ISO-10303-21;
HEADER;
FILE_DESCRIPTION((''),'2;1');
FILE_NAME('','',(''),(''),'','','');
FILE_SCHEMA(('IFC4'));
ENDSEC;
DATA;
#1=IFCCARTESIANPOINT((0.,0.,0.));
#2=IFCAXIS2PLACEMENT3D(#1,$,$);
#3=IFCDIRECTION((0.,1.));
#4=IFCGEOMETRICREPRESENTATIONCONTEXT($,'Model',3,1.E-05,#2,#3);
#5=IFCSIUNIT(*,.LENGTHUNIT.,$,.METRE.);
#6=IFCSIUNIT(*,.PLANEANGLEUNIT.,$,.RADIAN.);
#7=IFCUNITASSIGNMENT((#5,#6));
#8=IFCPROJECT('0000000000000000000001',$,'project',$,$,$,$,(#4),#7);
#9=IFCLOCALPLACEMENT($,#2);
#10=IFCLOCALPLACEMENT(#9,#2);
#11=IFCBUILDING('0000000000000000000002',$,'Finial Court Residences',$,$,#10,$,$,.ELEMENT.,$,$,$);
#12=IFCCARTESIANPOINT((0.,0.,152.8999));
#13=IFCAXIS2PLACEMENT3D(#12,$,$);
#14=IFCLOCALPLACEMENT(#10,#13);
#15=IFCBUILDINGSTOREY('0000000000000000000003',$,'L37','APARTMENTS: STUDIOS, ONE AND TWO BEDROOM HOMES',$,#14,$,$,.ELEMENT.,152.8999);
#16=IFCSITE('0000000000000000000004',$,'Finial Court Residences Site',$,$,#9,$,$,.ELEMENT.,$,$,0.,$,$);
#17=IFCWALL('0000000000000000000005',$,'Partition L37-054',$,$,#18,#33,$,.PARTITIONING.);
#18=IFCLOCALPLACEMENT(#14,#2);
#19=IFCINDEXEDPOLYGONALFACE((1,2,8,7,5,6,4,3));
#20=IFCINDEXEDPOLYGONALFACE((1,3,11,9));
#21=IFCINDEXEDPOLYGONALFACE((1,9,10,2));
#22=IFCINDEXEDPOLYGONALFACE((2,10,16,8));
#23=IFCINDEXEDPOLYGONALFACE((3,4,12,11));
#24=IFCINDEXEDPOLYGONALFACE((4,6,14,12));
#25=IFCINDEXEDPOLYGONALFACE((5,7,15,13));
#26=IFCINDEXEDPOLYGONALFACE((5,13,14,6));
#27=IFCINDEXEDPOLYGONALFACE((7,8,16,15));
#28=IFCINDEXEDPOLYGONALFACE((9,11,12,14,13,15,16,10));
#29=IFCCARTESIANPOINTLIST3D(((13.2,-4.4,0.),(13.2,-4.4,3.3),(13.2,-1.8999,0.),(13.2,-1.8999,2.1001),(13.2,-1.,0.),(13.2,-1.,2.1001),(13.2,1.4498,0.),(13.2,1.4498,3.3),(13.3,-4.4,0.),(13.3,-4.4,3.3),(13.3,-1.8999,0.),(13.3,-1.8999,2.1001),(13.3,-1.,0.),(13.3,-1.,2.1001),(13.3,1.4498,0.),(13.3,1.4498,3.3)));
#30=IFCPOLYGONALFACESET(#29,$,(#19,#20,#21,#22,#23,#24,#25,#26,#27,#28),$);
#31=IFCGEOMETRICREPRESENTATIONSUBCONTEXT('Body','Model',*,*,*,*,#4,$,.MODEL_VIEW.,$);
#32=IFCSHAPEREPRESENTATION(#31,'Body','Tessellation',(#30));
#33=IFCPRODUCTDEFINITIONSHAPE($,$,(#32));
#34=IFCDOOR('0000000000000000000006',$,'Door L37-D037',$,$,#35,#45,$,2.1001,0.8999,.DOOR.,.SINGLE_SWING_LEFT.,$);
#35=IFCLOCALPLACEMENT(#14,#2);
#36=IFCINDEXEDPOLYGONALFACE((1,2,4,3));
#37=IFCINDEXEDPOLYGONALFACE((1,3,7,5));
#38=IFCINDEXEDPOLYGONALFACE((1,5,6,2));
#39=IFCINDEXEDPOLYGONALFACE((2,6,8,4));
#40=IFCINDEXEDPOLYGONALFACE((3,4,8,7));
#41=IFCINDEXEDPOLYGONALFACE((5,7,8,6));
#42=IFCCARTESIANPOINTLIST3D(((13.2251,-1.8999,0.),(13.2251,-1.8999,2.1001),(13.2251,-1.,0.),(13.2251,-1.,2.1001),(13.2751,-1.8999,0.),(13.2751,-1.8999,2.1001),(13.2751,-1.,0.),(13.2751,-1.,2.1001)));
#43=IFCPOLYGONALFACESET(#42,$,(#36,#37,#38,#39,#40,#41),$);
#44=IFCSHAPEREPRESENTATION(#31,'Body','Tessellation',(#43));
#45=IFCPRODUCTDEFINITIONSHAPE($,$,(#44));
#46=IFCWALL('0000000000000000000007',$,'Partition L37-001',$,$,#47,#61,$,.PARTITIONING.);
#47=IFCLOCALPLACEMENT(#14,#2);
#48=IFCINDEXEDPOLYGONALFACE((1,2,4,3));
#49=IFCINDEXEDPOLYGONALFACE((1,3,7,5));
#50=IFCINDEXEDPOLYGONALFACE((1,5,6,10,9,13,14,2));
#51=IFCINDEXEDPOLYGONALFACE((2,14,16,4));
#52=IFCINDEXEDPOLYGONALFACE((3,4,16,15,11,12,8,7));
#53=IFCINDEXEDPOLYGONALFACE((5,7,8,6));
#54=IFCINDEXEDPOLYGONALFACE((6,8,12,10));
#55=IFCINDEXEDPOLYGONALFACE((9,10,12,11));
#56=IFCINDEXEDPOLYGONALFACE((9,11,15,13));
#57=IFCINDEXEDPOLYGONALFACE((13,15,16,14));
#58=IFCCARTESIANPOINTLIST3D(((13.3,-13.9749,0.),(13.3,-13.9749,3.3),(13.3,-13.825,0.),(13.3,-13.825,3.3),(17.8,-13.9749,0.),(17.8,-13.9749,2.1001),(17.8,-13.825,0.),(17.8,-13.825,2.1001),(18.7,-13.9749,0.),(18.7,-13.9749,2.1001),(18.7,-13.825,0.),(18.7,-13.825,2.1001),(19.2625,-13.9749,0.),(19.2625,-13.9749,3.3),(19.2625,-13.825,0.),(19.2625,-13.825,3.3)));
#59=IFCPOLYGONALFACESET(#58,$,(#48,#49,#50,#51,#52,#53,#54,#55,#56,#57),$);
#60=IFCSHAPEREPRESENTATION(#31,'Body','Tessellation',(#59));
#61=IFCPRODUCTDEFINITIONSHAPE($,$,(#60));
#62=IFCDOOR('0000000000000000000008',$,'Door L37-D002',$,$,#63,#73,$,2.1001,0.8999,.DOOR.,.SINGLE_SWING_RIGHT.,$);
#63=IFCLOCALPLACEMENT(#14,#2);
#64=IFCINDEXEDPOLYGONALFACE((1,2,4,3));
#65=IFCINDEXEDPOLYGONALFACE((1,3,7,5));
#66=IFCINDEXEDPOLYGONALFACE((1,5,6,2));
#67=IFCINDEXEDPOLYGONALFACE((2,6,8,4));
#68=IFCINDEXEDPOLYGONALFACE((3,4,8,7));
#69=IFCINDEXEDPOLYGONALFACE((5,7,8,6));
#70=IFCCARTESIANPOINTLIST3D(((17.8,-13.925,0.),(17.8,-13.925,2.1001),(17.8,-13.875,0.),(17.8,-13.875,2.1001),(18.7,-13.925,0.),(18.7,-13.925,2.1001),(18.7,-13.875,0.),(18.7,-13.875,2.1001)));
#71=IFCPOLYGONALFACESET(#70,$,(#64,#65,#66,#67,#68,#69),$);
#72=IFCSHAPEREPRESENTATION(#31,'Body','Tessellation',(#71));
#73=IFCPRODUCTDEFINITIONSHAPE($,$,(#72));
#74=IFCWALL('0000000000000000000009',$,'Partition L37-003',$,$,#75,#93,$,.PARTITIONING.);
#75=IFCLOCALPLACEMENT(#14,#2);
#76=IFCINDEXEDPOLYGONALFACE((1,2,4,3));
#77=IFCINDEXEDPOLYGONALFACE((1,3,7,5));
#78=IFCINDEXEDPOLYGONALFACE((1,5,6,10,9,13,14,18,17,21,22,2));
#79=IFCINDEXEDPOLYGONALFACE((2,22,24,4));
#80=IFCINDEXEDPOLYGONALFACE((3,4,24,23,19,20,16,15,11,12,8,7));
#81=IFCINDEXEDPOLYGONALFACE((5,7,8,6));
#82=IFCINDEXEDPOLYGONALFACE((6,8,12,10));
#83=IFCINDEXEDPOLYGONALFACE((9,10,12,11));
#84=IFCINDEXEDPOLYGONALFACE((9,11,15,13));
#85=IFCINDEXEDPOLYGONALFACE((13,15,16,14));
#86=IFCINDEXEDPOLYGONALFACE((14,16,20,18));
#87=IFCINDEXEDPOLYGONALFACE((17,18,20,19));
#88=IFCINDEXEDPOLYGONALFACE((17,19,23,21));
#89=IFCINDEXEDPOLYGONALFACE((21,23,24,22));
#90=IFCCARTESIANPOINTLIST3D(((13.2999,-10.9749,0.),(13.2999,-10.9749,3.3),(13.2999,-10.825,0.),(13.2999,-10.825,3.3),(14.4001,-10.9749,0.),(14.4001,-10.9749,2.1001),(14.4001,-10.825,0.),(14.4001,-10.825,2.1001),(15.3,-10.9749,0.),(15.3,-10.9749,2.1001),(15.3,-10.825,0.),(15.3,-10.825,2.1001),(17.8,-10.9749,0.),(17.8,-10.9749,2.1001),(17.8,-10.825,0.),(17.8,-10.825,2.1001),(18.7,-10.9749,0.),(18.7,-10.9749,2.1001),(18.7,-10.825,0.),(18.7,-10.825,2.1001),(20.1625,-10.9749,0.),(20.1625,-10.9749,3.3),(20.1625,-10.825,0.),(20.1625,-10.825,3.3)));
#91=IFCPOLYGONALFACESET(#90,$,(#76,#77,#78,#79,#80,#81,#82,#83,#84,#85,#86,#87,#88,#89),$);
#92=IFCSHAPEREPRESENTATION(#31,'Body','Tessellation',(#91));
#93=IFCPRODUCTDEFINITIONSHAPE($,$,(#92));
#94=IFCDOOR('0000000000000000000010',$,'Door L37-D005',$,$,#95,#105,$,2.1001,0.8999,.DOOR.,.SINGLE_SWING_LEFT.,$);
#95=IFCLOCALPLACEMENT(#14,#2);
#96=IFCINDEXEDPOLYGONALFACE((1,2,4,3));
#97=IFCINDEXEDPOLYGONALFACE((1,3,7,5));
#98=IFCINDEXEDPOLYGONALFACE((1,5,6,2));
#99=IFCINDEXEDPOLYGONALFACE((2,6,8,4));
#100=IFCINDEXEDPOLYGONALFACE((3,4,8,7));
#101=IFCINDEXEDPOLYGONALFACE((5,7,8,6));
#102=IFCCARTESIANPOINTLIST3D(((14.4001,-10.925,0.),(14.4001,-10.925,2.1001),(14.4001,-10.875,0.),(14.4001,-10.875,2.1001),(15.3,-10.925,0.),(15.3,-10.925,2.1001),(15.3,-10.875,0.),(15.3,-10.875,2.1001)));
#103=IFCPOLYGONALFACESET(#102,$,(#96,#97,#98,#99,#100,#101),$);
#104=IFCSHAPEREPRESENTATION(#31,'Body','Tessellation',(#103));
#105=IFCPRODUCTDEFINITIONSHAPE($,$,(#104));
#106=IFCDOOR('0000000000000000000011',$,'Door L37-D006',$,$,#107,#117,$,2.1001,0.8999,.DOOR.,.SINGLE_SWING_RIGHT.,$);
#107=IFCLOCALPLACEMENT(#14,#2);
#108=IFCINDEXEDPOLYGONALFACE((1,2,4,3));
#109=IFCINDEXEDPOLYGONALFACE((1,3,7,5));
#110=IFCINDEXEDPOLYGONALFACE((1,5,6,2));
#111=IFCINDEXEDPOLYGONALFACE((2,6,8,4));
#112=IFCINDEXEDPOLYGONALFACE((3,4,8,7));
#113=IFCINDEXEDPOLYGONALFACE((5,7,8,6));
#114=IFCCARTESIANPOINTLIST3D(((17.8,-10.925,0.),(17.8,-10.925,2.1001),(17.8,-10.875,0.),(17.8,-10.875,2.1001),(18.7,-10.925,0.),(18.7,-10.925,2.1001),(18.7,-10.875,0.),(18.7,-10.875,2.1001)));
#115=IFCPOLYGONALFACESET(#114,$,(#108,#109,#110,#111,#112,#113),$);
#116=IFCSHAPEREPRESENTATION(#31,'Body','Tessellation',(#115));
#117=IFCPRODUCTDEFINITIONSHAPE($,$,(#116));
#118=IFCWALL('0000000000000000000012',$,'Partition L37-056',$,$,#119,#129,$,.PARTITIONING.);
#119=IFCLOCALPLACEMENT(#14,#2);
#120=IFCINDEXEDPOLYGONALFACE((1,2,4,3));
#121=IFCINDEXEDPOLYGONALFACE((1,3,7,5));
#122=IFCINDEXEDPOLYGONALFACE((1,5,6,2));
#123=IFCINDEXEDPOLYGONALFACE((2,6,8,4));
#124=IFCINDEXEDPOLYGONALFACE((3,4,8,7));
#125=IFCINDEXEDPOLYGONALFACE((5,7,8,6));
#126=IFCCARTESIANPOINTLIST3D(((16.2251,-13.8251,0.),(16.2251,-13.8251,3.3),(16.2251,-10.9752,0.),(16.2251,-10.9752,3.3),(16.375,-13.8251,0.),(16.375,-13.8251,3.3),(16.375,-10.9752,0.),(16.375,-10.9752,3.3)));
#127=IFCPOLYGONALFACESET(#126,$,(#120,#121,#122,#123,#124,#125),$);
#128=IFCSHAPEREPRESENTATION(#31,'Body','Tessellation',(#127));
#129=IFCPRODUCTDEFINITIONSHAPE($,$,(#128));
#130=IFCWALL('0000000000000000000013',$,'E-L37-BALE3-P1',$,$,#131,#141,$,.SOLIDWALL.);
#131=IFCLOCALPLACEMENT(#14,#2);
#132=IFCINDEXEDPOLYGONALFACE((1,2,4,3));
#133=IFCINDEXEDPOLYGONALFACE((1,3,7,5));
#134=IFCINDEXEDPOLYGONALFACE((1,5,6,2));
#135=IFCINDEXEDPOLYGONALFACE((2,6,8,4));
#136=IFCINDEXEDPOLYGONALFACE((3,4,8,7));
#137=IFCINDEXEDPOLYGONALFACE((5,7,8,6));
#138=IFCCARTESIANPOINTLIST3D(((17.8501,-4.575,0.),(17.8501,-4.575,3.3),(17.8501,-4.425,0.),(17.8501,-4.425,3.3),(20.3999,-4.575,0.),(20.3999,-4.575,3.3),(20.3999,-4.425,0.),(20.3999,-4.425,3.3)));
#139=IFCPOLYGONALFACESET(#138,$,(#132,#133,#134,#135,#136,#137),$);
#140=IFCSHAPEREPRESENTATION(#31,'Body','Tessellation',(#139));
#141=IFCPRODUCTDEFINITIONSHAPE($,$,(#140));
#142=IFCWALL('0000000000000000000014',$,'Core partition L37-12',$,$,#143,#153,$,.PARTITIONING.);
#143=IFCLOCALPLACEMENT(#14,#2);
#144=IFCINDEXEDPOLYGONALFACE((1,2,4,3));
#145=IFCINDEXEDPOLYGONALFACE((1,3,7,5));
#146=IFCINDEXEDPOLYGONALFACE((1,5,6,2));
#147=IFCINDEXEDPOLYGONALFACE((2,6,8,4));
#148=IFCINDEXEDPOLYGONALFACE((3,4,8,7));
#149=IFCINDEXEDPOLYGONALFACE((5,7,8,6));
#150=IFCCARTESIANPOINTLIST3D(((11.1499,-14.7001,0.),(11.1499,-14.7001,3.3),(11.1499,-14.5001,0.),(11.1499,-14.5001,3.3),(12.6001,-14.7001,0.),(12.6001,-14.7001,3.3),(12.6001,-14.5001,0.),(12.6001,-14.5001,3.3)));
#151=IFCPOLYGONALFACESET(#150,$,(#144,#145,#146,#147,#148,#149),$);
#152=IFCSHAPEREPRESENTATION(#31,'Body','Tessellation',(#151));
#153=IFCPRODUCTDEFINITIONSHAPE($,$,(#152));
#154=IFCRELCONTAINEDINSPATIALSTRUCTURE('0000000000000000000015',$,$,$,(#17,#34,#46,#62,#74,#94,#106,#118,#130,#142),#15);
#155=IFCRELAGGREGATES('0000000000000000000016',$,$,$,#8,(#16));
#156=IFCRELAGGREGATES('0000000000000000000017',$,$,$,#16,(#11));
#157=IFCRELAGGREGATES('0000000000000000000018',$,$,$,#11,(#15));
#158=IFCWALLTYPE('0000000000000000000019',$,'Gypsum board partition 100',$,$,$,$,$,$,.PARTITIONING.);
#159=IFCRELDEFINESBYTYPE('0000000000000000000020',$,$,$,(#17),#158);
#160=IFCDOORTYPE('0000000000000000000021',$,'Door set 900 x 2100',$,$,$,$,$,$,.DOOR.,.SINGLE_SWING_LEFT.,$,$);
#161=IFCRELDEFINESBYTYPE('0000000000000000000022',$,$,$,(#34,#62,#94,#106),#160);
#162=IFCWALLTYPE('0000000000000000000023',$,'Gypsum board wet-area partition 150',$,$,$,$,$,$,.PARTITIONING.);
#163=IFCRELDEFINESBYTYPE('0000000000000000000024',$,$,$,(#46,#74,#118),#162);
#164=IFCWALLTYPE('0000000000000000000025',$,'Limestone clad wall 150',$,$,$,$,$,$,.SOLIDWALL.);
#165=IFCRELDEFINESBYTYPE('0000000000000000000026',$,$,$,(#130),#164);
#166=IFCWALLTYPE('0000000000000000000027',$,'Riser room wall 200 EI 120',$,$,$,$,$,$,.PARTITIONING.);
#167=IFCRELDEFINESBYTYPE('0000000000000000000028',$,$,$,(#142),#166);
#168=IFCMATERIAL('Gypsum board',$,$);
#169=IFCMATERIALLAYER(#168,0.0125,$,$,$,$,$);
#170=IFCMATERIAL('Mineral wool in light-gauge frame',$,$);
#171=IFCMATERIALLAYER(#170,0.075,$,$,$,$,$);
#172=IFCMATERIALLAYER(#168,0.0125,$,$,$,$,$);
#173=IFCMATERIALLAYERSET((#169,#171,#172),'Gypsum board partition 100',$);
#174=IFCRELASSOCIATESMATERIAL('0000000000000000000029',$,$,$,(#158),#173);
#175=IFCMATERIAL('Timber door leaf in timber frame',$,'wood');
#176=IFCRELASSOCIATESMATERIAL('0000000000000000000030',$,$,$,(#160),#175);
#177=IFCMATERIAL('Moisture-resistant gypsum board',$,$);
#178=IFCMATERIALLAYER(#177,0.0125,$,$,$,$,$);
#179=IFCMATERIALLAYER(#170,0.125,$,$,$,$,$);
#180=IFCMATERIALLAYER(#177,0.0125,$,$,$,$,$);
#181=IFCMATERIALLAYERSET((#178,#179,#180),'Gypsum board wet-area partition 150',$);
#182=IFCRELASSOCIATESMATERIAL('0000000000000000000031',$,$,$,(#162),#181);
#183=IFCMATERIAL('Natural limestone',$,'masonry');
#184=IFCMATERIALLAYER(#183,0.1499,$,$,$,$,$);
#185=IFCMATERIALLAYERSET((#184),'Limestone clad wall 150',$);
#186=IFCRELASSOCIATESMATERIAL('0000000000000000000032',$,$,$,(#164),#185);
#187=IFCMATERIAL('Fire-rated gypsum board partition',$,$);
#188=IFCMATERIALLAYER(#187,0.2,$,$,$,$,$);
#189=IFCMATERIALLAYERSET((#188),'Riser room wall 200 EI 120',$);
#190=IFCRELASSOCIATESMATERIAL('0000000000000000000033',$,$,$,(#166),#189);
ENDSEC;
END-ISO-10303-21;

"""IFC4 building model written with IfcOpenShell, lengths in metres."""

from ifc_helpers import new_model, si_unit, direction, frame, frame_2d, origin, place, context, subcontext, project, spatial, rectangle, extrude, material, layer, layer_set, type_object, element, fill, save


model = new_model("IFC4")

# Units and contexts
model_context = context("Model", 3, precision=1e-05, world=origin(), true_north=direction((0.0, 1.0)))
body_context = subcontext(model_context, "Body", "Model", "MODEL_VIEW")
ifc_project = project(units=[si_unit("LENGTHUNIT", "METRE"), si_unit("PLANEANGLEUNIT", "RADIAN")], contexts=[model_context])

# Site, building, storey
site_placement = place(None, origin())
site = spatial("IfcSite", under=ifc_project, at=site_placement, Name="Finial Court Residences Site", CompositionType="ELEMENT", RefElevation=0.0)
building_placement = place(site_placement, origin())
building = spatial("IfcBuilding", under=site, at=building_placement, Name="Finial Court Residences", CompositionType="ELEMENT")
storey_placement = place(building_placement, frame((0.0, 0.0, 152.8999)))
storey = spatial("IfcBuildingStorey", under=building, at=storey_placement, Name="L37", Description="APARTMENTS: STUDIOS, ONE AND TWO BEDROOM HOMES", CompositionType="ELEMENT", Elevation=152.8999)

# Walls, openings, doors
ifc_material_1 = material(Name="Gypsum board")
ifc_layer_1 = layer(ifc_material_1, 0.0125)
ifc_material_2 = material(Name="Mineral wool in light-gauge frame")
ifc_layer_2 = layer(ifc_material_2, 0.075)
ifc_layer_3 = layer(ifc_material_1, 0.0125)
ifc_layer_set_1 = layer_set([ifc_layer_1, ifc_layer_2, ifc_layer_3], Name="Gypsum board partition 100")
wall_type_1 = type_object("IfcWallType", Name="Gypsum board partition 100", PredefinedType="PARTITIONING", material=ifc_layer_set_1)
wall_1_placement = place(storey_placement, frame((13.25, -4.3999, 0.0), z_axis=(0.0, 0.0, 1.0), x_axis=(0.0, 1.0, 0.0)))
wall_1 = element("IfcWall", 1, at=wall_1_placement, inside=storey, type_object=wall_type_1, Name="Partition L37-054", PredefinedType="PARTITIONING", context=body_context, shape_type="SweptSolid", body=[
    extrude(rectangle(XDim=5.8499, YDim=0.1001, at=frame_2d((2.9248, 0.0))), origin(), (0.0, 0.0, 1.0), 3.3),
])
opening_1_placement = place(wall_1_placement, frame((2.5, 0.0, 0.0)))
opening_1 = element("IfcOpeningElement", 2, at=opening_1_placement, cuts=wall_1, PredefinedType="OPENING", context=body_context, shape_type="SweptSolid", body=[
    extrude(rectangle(XDim=0.8999, YDim=2.1001, at=frame_2d((0.45, 1.05))), frame((0.0, 0.0601, 0.0), z_axis=(0.0, -1.0, 0.0), x_axis=(1.0, 0.0, 0.0)), (0.0, 0.0, 1.0), 0.1201),
])
ifc_material_3 = material(Name="Timber door leaf in timber frame", Category="wood")
door_type_1 = type_object("IfcDoorType", Name="Door set 900 x 2100", OperationType="SINGLE_SWING_LEFT", PredefinedType="DOOR", material=ifc_material_3)
door_1_placement = place(opening_1_placement, origin())
door_1 = element("IfcDoor", 3, at=door_1_placement, inside=storey, type_object=door_type_1, Name="Door L37-D037", OperationType="SINGLE_SWING_LEFT", OverallHeight=2.1001, OverallWidth=0.8999, PredefinedType="DOOR", context=body_context, shape_type="SweptSolid", body=[
    extrude(rectangle(XDim=0.8999, YDim=2.1001, at=frame_2d((0.45, 1.05))), frame((0.0, 0.0249, 0.0), z_axis=(0.0, -1.0, 0.0), x_axis=(1.0, 0.0, 0.0)), (0.0, 0.0, 1.0), 0.05),
])
fill(opening_1, door_1)
ifc_material_4 = material(Name="Moisture-resistant gypsum board")
ifc_layer_4 = layer(ifc_material_4, 0.0125)
ifc_layer_5 = layer(ifc_material_2, 0.125)
ifc_layer_6 = layer(ifc_material_4, 0.0125)
ifc_layer_set_2 = layer_set([ifc_layer_4, ifc_layer_5, ifc_layer_6], Name="Gypsum board wet-area partition 150")
wall_type_2 = type_object("IfcWallType", Name="Gypsum board wet-area partition 150", PredefinedType="PARTITIONING", material=ifc_layer_set_2)
wall_2_placement = place(storey_placement, frame((13.3, -13.8999, 0.0), z_axis=(0.0, 0.0, 1.0), x_axis=(1.0, 0.0, 0.0)))
wall_2 = element("IfcWall", 4, at=wall_2_placement, inside=storey, type_object=wall_type_2, Name="Partition L37-001", PredefinedType="PARTITIONING", context=body_context, shape_type="SweptSolid", body=[
    extrude(rectangle(XDim=5.9624, YDim=0.1499, at=frame_2d((2.9812, 0.0))), origin(), (0.0, 0.0, 1.0), 3.3),
])
opening_2_placement = place(wall_2_placement, frame((4.5, 0.0, 0.0)))
opening_2 = element("IfcOpeningElement", 5, at=opening_2_placement, cuts=wall_2, PredefinedType="OPENING", context=body_context, shape_type="SweptSolid", body=[
    extrude(rectangle(XDim=0.8999, YDim=2.1001, at=frame_2d((0.45, 1.05))), frame((0.0, 0.085, 0.0), z_axis=(0.0, -1.0, 0.0), x_axis=(1.0, 0.0, 0.0)), (0.0, 0.0, 1.0), 0.1699),
])
door_2_placement = place(opening_2_placement, origin())
door_2 = element("IfcDoor", 6, at=door_2_placement, inside=storey, type_object=door_type_1, Name="Door L37-D002", OperationType="SINGLE_SWING_RIGHT", OverallHeight=2.1001, OverallWidth=0.8999, PredefinedType="DOOR", context=body_context, shape_type="SweptSolid", body=[
    extrude(rectangle(XDim=0.8999, YDim=2.1001, at=frame_2d((0.45, 1.05))), frame((0.0, 0.0249, 0.0), z_axis=(0.0, -1.0, 0.0), x_axis=(1.0, 0.0, 0.0)), (0.0, 0.0, 1.0), 0.05),
])
fill(opening_2, door_2)

# Wall, openings, doors
wall_3_placement = place(storey_placement, frame((13.3, -10.8999, 0.0), z_axis=(0.0, 0.0, 1.0), x_axis=(1.0, 0.0, 0.0)))
wall_3 = element("IfcWall", 7, at=wall_3_placement, inside=storey, type_object=wall_type_2, Name="Partition L37-003", PredefinedType="PARTITIONING", context=body_context, shape_type="SweptSolid", body=[
    extrude(rectangle(XDim=6.8625, YDim=0.1499, at=frame_2d((3.4312, 0.0))), origin(), (0.0, 0.0, 1.0), 3.3),
])
opening_3_placement = place(wall_3_placement, frame((1.1001, 0.0, 0.0)))
opening_3 = element("IfcOpeningElement", 8, at=opening_3_placement, cuts=wall_3, PredefinedType="OPENING", context=body_context, shape_type="SweptSolid", body=[
    extrude(rectangle(XDim=0.8999, YDim=2.1001, at=frame_2d((0.45, 1.05))), frame((0.0, 0.085, 0.0), z_axis=(0.0, -1.0, 0.0), x_axis=(1.0, 0.0, 0.0)), (0.0, 0.0, 1.0), 0.1699),
])
opening_4_placement = place(wall_3_placement, frame((4.5, 0.0, 0.0)))
opening_4 = element("IfcOpeningElement", 9, at=opening_4_placement, cuts=wall_3, PredefinedType="OPENING", context=body_context, shape_type="SweptSolid", body=[
    extrude(rectangle(XDim=0.8999, YDim=2.1001, at=frame_2d((0.45, 1.05))), frame((0.0, 0.085, 0.0), z_axis=(0.0, -1.0, 0.0), x_axis=(1.0, 0.0, 0.0)), (0.0, 0.0, 1.0), 0.1699),
])
door_3_placement = place(opening_3_placement, origin())
door_3 = element("IfcDoor", 10, at=door_3_placement, inside=storey, type_object=door_type_1, Name="Door L37-D005", OperationType="SINGLE_SWING_LEFT", OverallHeight=2.1001, OverallWidth=0.8999, PredefinedType="DOOR", context=body_context, shape_type="SweptSolid", body=[
    extrude(rectangle(XDim=0.8999, YDim=2.1001, at=frame_2d((0.45, 1.05))), frame((0.0, 0.0249, 0.0), z_axis=(0.0, -1.0, 0.0), x_axis=(1.0, 0.0, 0.0)), (0.0, 0.0, 1.0), 0.05),
])
fill(opening_3, door_3)
door_4_placement = place(opening_4_placement, origin())
door_4 = element("IfcDoor", 11, at=door_4_placement, inside=storey, type_object=door_type_1, Name="Door L37-D006", OperationType="SINGLE_SWING_RIGHT", OverallHeight=2.1001, OverallWidth=0.8999, PredefinedType="DOOR", context=body_context, shape_type="SweptSolid", body=[
    extrude(rectangle(XDim=0.8999, YDim=2.1001, at=frame_2d((0.45, 1.05))), frame((0.0, 0.0249, 0.0), z_axis=(0.0, -1.0, 0.0), x_axis=(1.0, 0.0, 0.0)), (0.0, 0.0, 1.0), 0.05),
])
fill(opening_4, door_4)

# Walls
wall_4_placement = place(storey_placement, frame((16.3, -13.825, 0.0), z_axis=(0.0, 0.0, 1.0), x_axis=(0.0, 1.0, 0.0)))
element("IfcWall", 12, at=wall_4_placement, inside=storey, type_object=wall_type_2, Name="Partition L37-056", PredefinedType="PARTITIONING", context=body_context, shape_type="SweptSolid", body=[
    extrude(rectangle(XDim=2.8499, YDim=0.1499, at=frame_2d((1.4248, 0.0))), origin(), (0.0, 0.0, 1.0), 3.3),
])
ifc_material_5 = material(Name="Natural limestone", Category="masonry")
ifc_layer_7 = layer(ifc_material_5, 0.1499)
ifc_layer_set_3 = layer_set([ifc_layer_7], Name="Limestone clad wall 150")
wall_type_3 = type_object("IfcWallType", Name="Limestone clad wall 150", PredefinedType="SOLIDWALL", material=ifc_layer_set_3)
wall_5_placement = place(storey_placement, frame((17.8501, -4.5, 0.0), z_axis=(0.0, 0.0, 1.0), x_axis=(1.0, 0.0, 0.0)))
element("IfcWall", 13, at=wall_5_placement, inside=storey, type_object=wall_type_3, Name="E-L37-BALE3-P1", PredefinedType="SOLIDWALL", context=body_context, shape_type="SweptSolid", body=[
    extrude(rectangle(XDim=2.5498, YDim=0.1499, at=frame_2d((1.2749, 0.0))), origin(), (0.0, 0.0, 1.0), 3.3),
])
ifc_material_6 = material(Name="Fire-rated gypsum board partition")
ifc_layer_8 = layer(ifc_material_6, 0.2)
ifc_layer_set_4 = layer_set([ifc_layer_8], Name="Riser room wall 200 EI 120")
wall_type_4 = type_object("IfcWallType", Name="Riser room wall 200 EI 120", PredefinedType="PARTITIONING", material=ifc_layer_set_4)
wall_6_placement = place(storey_placement, frame((11.1499, -14.6001, 0.0), z_axis=(0.0, 0.0, 1.0), x_axis=(1.0, 0.0, 0.0)))
element("IfcWall", 14, at=wall_6_placement, inside=storey, type_object=wall_type_4, Name="Core partition L37-12", PredefinedType="PARTITIONING", context=body_context, shape_type="SweptSolid", body=[
    extrude(rectangle(XDim=1.4502, YDim=0.2, at=frame_2d((0.7251, 0.0))), origin(), (0.0, 0.0, 1.0), 3.3),
])

save(model, "model.ifc")
